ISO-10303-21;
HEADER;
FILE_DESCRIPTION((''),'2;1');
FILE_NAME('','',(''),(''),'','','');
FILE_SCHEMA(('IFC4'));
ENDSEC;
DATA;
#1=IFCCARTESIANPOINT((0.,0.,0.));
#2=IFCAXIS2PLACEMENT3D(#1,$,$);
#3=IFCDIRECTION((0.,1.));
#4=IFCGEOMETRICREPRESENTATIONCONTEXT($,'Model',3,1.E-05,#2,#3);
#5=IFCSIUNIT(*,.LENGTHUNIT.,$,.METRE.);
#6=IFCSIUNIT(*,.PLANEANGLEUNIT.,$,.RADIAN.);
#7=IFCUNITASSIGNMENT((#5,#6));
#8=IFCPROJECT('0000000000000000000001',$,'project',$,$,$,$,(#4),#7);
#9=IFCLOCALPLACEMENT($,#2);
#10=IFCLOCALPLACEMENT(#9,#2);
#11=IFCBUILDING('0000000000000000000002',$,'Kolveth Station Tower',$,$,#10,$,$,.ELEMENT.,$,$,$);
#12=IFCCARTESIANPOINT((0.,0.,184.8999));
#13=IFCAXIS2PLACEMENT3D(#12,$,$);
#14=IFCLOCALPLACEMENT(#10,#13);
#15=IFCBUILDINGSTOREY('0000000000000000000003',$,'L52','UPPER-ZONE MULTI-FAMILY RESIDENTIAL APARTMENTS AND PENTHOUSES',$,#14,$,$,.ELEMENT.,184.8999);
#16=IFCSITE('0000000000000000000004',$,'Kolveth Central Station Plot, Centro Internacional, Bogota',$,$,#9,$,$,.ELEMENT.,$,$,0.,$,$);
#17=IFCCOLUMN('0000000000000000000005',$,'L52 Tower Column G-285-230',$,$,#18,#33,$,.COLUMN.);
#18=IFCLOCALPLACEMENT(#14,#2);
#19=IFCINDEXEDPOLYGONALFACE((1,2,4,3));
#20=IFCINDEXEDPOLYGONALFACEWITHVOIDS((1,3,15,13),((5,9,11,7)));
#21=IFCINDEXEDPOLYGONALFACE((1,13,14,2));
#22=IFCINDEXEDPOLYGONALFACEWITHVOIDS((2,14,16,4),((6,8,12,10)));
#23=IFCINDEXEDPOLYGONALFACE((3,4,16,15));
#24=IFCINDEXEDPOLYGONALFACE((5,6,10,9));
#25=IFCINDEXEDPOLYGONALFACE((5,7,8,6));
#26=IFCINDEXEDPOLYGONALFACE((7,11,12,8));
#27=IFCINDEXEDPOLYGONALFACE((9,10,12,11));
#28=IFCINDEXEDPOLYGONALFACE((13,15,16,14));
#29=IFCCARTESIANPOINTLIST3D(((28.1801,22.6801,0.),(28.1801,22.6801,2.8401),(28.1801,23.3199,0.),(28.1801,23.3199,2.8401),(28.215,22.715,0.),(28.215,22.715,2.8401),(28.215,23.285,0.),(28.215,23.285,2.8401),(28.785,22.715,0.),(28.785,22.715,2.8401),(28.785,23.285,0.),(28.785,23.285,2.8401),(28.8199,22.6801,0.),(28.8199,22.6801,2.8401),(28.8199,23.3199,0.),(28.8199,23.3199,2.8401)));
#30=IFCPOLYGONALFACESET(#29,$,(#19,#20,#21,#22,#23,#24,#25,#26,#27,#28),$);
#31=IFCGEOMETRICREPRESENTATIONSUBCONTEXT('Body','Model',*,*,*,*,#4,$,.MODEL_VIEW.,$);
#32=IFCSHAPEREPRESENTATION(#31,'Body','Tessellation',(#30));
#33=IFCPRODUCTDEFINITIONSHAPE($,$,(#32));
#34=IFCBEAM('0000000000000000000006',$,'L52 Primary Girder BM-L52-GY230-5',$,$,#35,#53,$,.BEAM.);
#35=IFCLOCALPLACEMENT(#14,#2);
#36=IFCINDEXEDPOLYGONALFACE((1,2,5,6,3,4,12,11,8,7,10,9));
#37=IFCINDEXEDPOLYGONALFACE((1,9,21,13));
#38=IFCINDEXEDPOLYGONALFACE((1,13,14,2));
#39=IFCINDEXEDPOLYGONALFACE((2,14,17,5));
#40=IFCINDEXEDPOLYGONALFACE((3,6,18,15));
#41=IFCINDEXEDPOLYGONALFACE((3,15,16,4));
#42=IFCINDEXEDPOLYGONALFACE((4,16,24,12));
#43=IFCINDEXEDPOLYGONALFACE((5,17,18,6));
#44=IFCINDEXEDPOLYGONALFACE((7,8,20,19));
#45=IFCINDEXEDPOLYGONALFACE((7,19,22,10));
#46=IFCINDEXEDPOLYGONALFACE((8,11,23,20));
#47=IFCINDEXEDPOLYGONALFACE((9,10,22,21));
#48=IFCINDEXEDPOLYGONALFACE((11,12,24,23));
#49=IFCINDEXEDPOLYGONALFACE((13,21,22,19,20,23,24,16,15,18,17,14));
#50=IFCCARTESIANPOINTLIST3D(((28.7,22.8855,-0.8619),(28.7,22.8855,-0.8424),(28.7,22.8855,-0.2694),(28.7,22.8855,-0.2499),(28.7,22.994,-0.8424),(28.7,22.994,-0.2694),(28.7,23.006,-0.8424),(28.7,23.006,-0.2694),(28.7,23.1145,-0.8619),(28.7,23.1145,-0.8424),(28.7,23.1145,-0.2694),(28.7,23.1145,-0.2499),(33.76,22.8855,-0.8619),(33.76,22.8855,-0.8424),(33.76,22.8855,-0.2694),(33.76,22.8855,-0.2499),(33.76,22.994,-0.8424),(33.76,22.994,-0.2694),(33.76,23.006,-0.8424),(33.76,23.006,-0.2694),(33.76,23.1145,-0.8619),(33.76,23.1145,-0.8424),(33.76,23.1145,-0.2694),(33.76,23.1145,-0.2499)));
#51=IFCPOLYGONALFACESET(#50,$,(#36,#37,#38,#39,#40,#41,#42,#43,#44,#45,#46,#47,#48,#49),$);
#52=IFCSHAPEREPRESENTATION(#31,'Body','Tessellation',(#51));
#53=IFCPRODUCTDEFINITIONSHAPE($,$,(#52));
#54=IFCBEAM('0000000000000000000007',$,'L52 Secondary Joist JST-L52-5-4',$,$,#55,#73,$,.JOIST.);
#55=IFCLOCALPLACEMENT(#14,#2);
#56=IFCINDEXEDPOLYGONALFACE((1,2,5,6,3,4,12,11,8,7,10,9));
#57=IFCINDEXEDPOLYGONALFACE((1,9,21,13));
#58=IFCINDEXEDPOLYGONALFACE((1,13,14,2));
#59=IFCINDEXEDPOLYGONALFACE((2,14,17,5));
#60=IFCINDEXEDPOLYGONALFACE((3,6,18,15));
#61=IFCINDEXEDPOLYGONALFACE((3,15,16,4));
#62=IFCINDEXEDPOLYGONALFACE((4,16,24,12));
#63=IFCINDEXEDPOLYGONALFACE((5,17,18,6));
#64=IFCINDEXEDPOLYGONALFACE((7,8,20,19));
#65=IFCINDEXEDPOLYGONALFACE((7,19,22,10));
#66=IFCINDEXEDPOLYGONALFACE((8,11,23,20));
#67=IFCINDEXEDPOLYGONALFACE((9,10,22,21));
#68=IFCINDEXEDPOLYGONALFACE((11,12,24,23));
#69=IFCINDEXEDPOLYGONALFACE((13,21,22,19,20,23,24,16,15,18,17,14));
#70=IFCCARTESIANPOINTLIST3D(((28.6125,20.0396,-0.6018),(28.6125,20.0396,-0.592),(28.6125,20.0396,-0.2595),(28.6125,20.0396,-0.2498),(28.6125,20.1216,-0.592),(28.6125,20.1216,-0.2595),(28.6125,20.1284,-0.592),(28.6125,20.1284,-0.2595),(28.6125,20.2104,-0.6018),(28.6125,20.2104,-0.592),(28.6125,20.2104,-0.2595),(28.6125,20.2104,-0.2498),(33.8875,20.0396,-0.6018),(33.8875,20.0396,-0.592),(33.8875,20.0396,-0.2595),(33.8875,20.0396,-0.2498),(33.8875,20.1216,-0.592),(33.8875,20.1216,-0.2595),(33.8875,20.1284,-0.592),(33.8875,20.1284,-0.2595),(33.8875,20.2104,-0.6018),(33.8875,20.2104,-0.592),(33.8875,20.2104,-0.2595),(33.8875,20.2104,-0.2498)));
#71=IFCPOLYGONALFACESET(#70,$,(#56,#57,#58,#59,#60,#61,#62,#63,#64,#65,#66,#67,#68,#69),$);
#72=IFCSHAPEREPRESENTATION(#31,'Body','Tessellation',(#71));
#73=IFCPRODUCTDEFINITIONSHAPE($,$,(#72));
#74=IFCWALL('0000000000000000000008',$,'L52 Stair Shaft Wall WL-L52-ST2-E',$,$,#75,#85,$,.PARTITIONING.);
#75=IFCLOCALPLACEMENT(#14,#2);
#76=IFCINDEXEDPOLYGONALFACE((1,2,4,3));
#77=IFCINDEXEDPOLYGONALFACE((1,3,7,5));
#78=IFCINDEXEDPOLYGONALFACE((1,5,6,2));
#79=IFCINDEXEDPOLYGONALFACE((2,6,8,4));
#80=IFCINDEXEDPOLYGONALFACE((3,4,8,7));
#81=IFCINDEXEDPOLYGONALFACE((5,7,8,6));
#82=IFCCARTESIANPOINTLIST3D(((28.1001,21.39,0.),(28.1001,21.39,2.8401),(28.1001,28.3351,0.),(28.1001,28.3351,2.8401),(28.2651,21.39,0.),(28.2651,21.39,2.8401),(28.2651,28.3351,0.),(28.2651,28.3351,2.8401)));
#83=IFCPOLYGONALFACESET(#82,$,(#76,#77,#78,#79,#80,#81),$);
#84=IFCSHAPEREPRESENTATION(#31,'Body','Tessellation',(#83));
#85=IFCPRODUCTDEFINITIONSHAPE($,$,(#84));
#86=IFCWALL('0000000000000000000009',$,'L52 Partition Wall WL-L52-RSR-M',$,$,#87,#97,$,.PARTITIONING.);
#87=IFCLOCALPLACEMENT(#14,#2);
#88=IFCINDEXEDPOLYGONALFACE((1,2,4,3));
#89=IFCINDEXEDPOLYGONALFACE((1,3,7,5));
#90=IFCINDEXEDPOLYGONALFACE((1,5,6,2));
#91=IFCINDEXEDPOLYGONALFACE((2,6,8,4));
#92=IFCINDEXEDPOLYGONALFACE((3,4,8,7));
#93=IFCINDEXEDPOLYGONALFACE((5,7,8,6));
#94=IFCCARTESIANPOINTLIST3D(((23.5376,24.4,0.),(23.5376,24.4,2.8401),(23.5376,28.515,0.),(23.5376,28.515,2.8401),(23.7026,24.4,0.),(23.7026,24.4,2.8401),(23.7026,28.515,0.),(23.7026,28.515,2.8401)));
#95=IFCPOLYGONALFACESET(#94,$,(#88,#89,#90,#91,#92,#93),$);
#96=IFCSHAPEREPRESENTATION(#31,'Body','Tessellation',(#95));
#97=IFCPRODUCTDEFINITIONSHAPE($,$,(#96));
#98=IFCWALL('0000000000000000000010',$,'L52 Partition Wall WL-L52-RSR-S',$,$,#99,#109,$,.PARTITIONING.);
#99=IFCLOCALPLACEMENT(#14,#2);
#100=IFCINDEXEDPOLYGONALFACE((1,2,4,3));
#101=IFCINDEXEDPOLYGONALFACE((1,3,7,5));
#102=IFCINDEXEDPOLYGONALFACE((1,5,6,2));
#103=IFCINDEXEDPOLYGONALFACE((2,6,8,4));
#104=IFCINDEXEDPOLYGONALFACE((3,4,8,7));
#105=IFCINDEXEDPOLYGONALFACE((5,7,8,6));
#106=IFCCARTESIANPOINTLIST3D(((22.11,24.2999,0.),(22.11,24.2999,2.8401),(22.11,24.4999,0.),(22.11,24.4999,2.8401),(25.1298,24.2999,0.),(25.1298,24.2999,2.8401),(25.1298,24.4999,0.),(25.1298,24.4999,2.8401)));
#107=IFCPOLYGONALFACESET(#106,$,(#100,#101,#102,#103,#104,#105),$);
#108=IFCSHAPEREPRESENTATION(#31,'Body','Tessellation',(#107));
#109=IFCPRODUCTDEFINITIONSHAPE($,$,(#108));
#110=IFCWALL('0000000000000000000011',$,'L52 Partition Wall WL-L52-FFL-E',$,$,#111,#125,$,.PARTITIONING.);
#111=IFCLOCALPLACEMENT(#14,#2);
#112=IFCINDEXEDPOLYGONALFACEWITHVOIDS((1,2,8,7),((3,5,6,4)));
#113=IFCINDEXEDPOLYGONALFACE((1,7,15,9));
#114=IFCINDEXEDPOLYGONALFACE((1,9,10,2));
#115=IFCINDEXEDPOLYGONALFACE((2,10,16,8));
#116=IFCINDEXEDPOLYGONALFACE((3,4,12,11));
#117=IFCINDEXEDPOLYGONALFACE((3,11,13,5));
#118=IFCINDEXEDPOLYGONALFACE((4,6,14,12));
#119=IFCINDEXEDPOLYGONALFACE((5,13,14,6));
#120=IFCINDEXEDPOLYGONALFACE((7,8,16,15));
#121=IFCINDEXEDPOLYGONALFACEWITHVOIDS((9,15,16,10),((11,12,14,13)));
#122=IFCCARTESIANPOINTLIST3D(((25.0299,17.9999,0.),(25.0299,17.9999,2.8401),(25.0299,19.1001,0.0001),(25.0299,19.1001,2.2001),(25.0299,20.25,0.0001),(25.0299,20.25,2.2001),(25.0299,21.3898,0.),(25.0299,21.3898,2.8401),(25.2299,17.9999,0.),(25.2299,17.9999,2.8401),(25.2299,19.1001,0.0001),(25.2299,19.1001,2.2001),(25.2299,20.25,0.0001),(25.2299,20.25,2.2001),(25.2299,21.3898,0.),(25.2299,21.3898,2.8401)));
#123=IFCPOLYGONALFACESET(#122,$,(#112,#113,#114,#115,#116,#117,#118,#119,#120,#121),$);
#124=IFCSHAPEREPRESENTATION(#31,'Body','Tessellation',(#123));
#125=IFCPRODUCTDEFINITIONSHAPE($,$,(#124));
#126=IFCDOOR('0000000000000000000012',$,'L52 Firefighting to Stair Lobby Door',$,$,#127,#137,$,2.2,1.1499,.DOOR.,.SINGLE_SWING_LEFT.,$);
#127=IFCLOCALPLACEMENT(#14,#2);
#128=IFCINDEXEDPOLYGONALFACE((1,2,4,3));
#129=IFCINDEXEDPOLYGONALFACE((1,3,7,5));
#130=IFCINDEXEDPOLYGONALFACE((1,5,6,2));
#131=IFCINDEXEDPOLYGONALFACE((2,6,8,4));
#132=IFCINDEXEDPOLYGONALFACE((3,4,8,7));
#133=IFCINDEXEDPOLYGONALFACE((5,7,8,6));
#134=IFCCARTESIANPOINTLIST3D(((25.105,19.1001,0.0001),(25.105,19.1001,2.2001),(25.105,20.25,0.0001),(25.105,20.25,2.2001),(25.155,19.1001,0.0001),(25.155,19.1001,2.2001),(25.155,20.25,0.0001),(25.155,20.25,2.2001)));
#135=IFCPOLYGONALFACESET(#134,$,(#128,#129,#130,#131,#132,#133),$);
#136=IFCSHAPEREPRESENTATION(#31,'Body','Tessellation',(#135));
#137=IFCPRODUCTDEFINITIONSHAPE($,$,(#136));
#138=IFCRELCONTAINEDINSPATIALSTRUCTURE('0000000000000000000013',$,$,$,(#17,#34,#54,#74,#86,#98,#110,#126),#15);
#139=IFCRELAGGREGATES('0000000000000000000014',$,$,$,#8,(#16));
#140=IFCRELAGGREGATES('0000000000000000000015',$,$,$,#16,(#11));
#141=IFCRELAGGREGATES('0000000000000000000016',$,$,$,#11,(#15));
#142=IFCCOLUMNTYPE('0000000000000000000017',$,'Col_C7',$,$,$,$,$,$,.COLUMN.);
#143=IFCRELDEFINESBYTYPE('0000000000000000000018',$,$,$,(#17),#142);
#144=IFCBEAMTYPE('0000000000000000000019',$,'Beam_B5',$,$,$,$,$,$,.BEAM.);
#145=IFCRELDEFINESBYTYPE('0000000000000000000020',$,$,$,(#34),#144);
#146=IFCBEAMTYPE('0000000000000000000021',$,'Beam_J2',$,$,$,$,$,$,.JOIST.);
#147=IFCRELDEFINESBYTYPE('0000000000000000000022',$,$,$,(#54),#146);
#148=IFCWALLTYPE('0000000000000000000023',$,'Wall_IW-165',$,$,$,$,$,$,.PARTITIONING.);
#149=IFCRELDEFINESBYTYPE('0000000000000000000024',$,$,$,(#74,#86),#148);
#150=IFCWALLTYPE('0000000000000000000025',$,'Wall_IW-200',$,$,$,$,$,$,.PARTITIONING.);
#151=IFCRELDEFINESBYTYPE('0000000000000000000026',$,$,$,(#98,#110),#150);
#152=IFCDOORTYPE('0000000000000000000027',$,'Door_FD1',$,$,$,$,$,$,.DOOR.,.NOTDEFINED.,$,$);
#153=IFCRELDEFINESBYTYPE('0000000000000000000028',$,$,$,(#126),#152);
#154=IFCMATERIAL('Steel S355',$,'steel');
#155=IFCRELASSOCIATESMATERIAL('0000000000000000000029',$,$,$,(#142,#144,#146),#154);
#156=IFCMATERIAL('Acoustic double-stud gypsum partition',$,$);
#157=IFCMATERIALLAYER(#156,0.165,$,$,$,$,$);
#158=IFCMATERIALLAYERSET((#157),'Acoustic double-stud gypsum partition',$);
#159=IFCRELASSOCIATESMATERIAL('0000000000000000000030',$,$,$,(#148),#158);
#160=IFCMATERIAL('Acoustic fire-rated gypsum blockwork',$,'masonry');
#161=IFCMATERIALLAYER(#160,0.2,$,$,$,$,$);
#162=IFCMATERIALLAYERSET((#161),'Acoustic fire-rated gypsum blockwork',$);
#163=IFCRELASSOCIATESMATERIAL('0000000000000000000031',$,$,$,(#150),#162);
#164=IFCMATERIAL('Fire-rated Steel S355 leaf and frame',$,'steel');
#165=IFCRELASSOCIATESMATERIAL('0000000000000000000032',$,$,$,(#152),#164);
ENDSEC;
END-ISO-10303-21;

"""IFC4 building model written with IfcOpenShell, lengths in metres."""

from ifc_helpers import new_model, si_unit, direction, frame, frame_2d, origin, origin_2d, place, context, subcontext, project, spatial, rectangle, hollow_rectangle, i_section, extrude, source, transform, mapped, material, layer, layer_set, material_profile, profile_set, type_object, element, fill, save


model = new_model("IFC4")

# Units and contexts
model_context = context("Model", 3, precision=1e-05, world=origin(), true_north=direction((0.0, 1.0)))
body_context = subcontext(model_context, "Body", "Model", "MODEL_VIEW")
ifc_project = project(units=[si_unit("LENGTHUNIT", "METRE"), si_unit("PLANEANGLEUNIT", "RADIAN")], contexts=[model_context])

# Site, building, storey
site_placement = place(None, origin())
site = spatial("IfcSite", under=ifc_project, at=site_placement, Name="Kolveth Central Station Plot, Centro Internacional, Bogota", CompositionType="ELEMENT", RefElevation=0.0)
building_placement = place(site_placement, origin())
building = spatial("IfcBuilding", under=site, at=building_placement, Name="Kolveth Station Tower", CompositionType="ELEMENT")
storey_placement = place(building_placement, frame((0.0, 0.0, 184.8999)))
storey = spatial("IfcBuildingStorey", under=building, at=storey_placement, Name="L52", Description="UPPER-ZONE MULTI-FAMILY RESIDENTIAL APARTMENTS AND PENTHOUSES", CompositionType="ELEMENT", Elevation=184.8999)

# Column
ifc_material_1 = material(Name="Steel S355", Category="steel")
ifc_material_profile_1 = material_profile(ifc_material_1, hollow_rectangle(XDim=0.6399, YDim=0.6399, WallThickness=0.0349, at=origin_2d()), Name="BOX640x640x35")
ifc_profile_set_1 = profile_set([ifc_material_profile_1], Name="Steel S355")
column_type = type_object("IfcColumnType", Name="Col_C7", PredefinedType="COLUMN", material=ifc_profile_set_1)
shared_shape_1 = source(origin(), body_context, "Body", "SweptSolid", [
    extrude(hollow_rectangle(XDim=0.6399, YDim=0.6399, WallThickness=0.0349, at=origin_2d()), origin(), (0.0, 0.0, 1.0), 2.8401),
])
column_placement = place(storey_placement, frame((28.5, 23.0, 0.0), z_axis=(0.0, 0.0, 1.0), x_axis=(1.0, 0.0, 0.0)))
element("IfcColumn", 1, at=column_placement, inside=storey, type_object=column_type, Name="L52 Tower Column G-285-230", PredefinedType="COLUMN", context=body_context, shape_type="MappedRepresentation", body=[
    mapped(shared_shape_1, transform((0.0, 0.0, 0.0), x_axis=(1.0, 0.0, 0.0), y_axis=(0.0, 1.0, 0.0), z_axis=(0.0, 0.0, 1.0), scale=1.0)),
])

# Beams
ifc_material_profile_2 = material_profile(ifc_material_1, i_section(OverallWidth=0.229, OverallDepth=0.6121, WebThickness=0.012, FlangeThickness=0.0195, at=origin_2d()), Name="W610x125")
ifc_profile_set_2 = profile_set([ifc_material_profile_2], Name="Steel S355")
beam_type_1 = type_object("IfcBeamType", Name="Beam_B5", PredefinedType="BEAM", material=ifc_profile_set_2)
shared_shape_2 = source(origin(), body_context, "Body", "SweptSolid", [
    extrude(i_section(OverallWidth=0.229, OverallDepth=0.6121, WebThickness=0.012, FlangeThickness=0.0195, at=origin_2d()), origin(), (0.0, 0.0, 1.0), 5.0601),
])
beam_1_placement = place(storey_placement, frame((28.7, 23.0, -0.5559), z_axis=(1.0, 0.0, 0.0), x_axis=(0.0, 1.0, 0.0)))
element("IfcBeam", 2, at=beam_1_placement, inside=storey, type_object=beam_type_1, Name="L52 Primary Girder BM-L52-GY230-5", PredefinedType="BEAM", context=body_context, shape_type="MappedRepresentation", body=[
    mapped(shared_shape_2, transform((0.0, 0.0, 0.0), x_axis=(1.0, 0.0, 0.0), y_axis=(0.0, 1.0, 0.0), z_axis=(0.0, 0.0, 1.0), scale=1.0)),
])
ifc_material_profile_3 = material_profile(ifc_material_1, i_section(OverallWidth=0.1709, OverallDepth=0.3521, WebThickness=0.0068, FlangeThickness=0.0098, at=origin_2d()), Name="W360x44")
ifc_profile_set_3 = profile_set([ifc_material_profile_3], Name="Steel S355")
beam_type_2 = type_object("IfcBeamType", Name="Beam_J2", PredefinedType="JOIST", material=ifc_profile_set_3)
shared_shape_3 = source(origin(), body_context, "Body", "SweptSolid", [
    extrude(i_section(OverallWidth=0.1709, OverallDepth=0.3521, WebThickness=0.0068, FlangeThickness=0.0098, at=origin_2d()), origin(), (0.0, 0.0, 1.0), 5.2749),
])
beam_2_placement = place(storey_placement, frame((28.6125, 20.125, -0.4258), z_axis=(1.0, 0.0, 0.0), x_axis=(0.0, 1.0, 0.0)))
element("IfcBeam", 3, at=beam_2_placement, inside=storey, type_object=beam_type_2, Name="L52 Secondary Joist JST-L52-5-4", PredefinedType="JOIST", context=body_context, shape_type="MappedRepresentation", body=[
    mapped(shared_shape_3, transform((0.0, 0.0, 0.0), x_axis=(1.0, 0.0, 0.0), y_axis=(0.0, 1.0, 0.0), z_axis=(0.0, 0.0, 1.0), scale=1.0)),
])

# Walls
ifc_material_2 = material(Name="Acoustic double-stud gypsum partition")
ifc_layer_1 = layer(ifc_material_2, 0.165)
ifc_layer_set_1 = layer_set([ifc_layer_1], Name="Acoustic double-stud gypsum partition")
wall_type_1 = type_object("IfcWallType", Name="Wall_IW-165", PredefinedType="PARTITIONING", material=ifc_layer_set_1)
wall_1_placement = place(storey_placement, frame((28.1826, 21.3899, 0.0), z_axis=(0.0, 0.0, 1.0), x_axis=(0.0, 1.0, 0.0)))
element("IfcWall", 4, at=wall_1_placement, inside=storey, type_object=wall_type_1, Name="L52 Stair Shaft Wall WL-L52-ST2-E", PredefinedType="PARTITIONING", context=body_context, shape_type="SweptSolid", body=[
    extrude(rectangle(XDim=6.9451, YDim=0.165, at=frame_2d((3.4727, 0.0))), origin(), (0.0, 0.0, 1.0), 2.8401),
])
wall_2_placement = place(storey_placement, frame((23.6201, 24.3999, 0.0), z_axis=(0.0, 0.0, 1.0), x_axis=(0.0, 1.0, 0.0)))
element("IfcWall", 5, at=wall_2_placement, inside=storey, type_object=wall_type_1, Name="L52 Partition Wall WL-L52-RSR-M", PredefinedType="PARTITIONING", context=body_context, shape_type="SweptSolid", body=[
    extrude(rectangle(XDim=4.115, YDim=0.165, at=frame_2d((2.0576, 0.0))), origin(), (0.0, 0.0, 1.0), 2.8401),
])
ifc_material_3 = material(Name="Acoustic fire-rated gypsum blockwork", Category="masonry")
ifc_layer_2 = layer(ifc_material_3, 0.2)
ifc_layer_set_2 = layer_set([ifc_layer_2], Name="Acoustic fire-rated gypsum blockwork")
wall_type_2 = type_object("IfcWallType", Name="Wall_IW-200", PredefinedType="PARTITIONING", material=ifc_layer_set_2)
wall_3_placement = place(storey_placement, frame((22.1101, 24.3999, 0.0), z_axis=(0.0, 0.0, 1.0), x_axis=(1.0, 0.0, 0.0)))
element("IfcWall", 6, at=wall_3_placement, inside=storey, type_object=wall_type_2, Name="L52 Partition Wall WL-L52-RSR-S", PredefinedType="PARTITIONING", context=body_context, shape_type="SweptSolid", body=[
    extrude(rectangle(XDim=3.0198, YDim=0.2, at=frame_2d((1.5098, 0.0))), origin(), (0.0, 0.0, 1.0), 2.8401),
])

# Wall, opening, door
wall_4_placement = place(storey_placement, frame((25.1299, 18.0, 0.0), z_axis=(0.0, 0.0, 1.0), x_axis=(0.0, 1.0, 0.0)))
wall_4 = element("IfcWall", 7, at=wall_4_placement, inside=storey, type_object=wall_type_2, Name="L52 Partition Wall WL-L52-FFL-E", PredefinedType="PARTITIONING", context=body_context, shape_type="SweptSolid", body=[
    extrude(rectangle(XDim=3.3899, YDim=0.2, at=frame_2d((1.6948, 0.0))), origin(), (0.0, 0.0, 1.0), 2.8401),
])
opening_1_placement = place(wall_4_placement, frame((1.1001, 0.0, 0.0)))
opening_1 = element("IfcOpeningElement", 8, at=opening_1_placement, cuts=wall_4, PredefinedType="OPENING", context=body_context, shape_type="SweptSolid", body=[
    extrude(rectangle(XDim=1.1499, YDim=2.2, at=frame_2d((0.575, 1.1001))), frame((0.0, 0.1099, 0.0), z_axis=(0.0, -1.0, 0.0), x_axis=(1.0, 0.0, 0.0)), (0.0, 0.0, 1.0), 0.22),
])
ifc_material_4 = material(Name="Fire-rated Steel S355 leaf and frame", Category="steel")
door_type_1 = type_object("IfcDoorType", Name="Door_FD1", OperationType="NOTDEFINED", PredefinedType="DOOR", material=ifc_material_4)
door_1_placement = place(opening_1_placement, origin())
door_1 = element("IfcDoor", 9, at=door_1_placement, inside=storey, type_object=door_type_1, Name="L52 Firefighting to Stair Lobby Door", OperationType="SINGLE_SWING_LEFT", OverallHeight=2.2, OverallWidth=1.1499, PredefinedType="DOOR", context=body_context, shape_type="SweptSolid", body=[
    extrude(rectangle(XDim=1.1499, YDim=2.2, at=frame_2d((0.575, 1.1001))), frame((0.0, 0.0249, 0.0), z_axis=(0.0, -1.0, 0.0), x_axis=(1.0, 0.0, 0.0)), (0.0, 0.0, 1.0), 0.05),
])
fill(opening_1, door_1)

save(model, "model.ifc")
